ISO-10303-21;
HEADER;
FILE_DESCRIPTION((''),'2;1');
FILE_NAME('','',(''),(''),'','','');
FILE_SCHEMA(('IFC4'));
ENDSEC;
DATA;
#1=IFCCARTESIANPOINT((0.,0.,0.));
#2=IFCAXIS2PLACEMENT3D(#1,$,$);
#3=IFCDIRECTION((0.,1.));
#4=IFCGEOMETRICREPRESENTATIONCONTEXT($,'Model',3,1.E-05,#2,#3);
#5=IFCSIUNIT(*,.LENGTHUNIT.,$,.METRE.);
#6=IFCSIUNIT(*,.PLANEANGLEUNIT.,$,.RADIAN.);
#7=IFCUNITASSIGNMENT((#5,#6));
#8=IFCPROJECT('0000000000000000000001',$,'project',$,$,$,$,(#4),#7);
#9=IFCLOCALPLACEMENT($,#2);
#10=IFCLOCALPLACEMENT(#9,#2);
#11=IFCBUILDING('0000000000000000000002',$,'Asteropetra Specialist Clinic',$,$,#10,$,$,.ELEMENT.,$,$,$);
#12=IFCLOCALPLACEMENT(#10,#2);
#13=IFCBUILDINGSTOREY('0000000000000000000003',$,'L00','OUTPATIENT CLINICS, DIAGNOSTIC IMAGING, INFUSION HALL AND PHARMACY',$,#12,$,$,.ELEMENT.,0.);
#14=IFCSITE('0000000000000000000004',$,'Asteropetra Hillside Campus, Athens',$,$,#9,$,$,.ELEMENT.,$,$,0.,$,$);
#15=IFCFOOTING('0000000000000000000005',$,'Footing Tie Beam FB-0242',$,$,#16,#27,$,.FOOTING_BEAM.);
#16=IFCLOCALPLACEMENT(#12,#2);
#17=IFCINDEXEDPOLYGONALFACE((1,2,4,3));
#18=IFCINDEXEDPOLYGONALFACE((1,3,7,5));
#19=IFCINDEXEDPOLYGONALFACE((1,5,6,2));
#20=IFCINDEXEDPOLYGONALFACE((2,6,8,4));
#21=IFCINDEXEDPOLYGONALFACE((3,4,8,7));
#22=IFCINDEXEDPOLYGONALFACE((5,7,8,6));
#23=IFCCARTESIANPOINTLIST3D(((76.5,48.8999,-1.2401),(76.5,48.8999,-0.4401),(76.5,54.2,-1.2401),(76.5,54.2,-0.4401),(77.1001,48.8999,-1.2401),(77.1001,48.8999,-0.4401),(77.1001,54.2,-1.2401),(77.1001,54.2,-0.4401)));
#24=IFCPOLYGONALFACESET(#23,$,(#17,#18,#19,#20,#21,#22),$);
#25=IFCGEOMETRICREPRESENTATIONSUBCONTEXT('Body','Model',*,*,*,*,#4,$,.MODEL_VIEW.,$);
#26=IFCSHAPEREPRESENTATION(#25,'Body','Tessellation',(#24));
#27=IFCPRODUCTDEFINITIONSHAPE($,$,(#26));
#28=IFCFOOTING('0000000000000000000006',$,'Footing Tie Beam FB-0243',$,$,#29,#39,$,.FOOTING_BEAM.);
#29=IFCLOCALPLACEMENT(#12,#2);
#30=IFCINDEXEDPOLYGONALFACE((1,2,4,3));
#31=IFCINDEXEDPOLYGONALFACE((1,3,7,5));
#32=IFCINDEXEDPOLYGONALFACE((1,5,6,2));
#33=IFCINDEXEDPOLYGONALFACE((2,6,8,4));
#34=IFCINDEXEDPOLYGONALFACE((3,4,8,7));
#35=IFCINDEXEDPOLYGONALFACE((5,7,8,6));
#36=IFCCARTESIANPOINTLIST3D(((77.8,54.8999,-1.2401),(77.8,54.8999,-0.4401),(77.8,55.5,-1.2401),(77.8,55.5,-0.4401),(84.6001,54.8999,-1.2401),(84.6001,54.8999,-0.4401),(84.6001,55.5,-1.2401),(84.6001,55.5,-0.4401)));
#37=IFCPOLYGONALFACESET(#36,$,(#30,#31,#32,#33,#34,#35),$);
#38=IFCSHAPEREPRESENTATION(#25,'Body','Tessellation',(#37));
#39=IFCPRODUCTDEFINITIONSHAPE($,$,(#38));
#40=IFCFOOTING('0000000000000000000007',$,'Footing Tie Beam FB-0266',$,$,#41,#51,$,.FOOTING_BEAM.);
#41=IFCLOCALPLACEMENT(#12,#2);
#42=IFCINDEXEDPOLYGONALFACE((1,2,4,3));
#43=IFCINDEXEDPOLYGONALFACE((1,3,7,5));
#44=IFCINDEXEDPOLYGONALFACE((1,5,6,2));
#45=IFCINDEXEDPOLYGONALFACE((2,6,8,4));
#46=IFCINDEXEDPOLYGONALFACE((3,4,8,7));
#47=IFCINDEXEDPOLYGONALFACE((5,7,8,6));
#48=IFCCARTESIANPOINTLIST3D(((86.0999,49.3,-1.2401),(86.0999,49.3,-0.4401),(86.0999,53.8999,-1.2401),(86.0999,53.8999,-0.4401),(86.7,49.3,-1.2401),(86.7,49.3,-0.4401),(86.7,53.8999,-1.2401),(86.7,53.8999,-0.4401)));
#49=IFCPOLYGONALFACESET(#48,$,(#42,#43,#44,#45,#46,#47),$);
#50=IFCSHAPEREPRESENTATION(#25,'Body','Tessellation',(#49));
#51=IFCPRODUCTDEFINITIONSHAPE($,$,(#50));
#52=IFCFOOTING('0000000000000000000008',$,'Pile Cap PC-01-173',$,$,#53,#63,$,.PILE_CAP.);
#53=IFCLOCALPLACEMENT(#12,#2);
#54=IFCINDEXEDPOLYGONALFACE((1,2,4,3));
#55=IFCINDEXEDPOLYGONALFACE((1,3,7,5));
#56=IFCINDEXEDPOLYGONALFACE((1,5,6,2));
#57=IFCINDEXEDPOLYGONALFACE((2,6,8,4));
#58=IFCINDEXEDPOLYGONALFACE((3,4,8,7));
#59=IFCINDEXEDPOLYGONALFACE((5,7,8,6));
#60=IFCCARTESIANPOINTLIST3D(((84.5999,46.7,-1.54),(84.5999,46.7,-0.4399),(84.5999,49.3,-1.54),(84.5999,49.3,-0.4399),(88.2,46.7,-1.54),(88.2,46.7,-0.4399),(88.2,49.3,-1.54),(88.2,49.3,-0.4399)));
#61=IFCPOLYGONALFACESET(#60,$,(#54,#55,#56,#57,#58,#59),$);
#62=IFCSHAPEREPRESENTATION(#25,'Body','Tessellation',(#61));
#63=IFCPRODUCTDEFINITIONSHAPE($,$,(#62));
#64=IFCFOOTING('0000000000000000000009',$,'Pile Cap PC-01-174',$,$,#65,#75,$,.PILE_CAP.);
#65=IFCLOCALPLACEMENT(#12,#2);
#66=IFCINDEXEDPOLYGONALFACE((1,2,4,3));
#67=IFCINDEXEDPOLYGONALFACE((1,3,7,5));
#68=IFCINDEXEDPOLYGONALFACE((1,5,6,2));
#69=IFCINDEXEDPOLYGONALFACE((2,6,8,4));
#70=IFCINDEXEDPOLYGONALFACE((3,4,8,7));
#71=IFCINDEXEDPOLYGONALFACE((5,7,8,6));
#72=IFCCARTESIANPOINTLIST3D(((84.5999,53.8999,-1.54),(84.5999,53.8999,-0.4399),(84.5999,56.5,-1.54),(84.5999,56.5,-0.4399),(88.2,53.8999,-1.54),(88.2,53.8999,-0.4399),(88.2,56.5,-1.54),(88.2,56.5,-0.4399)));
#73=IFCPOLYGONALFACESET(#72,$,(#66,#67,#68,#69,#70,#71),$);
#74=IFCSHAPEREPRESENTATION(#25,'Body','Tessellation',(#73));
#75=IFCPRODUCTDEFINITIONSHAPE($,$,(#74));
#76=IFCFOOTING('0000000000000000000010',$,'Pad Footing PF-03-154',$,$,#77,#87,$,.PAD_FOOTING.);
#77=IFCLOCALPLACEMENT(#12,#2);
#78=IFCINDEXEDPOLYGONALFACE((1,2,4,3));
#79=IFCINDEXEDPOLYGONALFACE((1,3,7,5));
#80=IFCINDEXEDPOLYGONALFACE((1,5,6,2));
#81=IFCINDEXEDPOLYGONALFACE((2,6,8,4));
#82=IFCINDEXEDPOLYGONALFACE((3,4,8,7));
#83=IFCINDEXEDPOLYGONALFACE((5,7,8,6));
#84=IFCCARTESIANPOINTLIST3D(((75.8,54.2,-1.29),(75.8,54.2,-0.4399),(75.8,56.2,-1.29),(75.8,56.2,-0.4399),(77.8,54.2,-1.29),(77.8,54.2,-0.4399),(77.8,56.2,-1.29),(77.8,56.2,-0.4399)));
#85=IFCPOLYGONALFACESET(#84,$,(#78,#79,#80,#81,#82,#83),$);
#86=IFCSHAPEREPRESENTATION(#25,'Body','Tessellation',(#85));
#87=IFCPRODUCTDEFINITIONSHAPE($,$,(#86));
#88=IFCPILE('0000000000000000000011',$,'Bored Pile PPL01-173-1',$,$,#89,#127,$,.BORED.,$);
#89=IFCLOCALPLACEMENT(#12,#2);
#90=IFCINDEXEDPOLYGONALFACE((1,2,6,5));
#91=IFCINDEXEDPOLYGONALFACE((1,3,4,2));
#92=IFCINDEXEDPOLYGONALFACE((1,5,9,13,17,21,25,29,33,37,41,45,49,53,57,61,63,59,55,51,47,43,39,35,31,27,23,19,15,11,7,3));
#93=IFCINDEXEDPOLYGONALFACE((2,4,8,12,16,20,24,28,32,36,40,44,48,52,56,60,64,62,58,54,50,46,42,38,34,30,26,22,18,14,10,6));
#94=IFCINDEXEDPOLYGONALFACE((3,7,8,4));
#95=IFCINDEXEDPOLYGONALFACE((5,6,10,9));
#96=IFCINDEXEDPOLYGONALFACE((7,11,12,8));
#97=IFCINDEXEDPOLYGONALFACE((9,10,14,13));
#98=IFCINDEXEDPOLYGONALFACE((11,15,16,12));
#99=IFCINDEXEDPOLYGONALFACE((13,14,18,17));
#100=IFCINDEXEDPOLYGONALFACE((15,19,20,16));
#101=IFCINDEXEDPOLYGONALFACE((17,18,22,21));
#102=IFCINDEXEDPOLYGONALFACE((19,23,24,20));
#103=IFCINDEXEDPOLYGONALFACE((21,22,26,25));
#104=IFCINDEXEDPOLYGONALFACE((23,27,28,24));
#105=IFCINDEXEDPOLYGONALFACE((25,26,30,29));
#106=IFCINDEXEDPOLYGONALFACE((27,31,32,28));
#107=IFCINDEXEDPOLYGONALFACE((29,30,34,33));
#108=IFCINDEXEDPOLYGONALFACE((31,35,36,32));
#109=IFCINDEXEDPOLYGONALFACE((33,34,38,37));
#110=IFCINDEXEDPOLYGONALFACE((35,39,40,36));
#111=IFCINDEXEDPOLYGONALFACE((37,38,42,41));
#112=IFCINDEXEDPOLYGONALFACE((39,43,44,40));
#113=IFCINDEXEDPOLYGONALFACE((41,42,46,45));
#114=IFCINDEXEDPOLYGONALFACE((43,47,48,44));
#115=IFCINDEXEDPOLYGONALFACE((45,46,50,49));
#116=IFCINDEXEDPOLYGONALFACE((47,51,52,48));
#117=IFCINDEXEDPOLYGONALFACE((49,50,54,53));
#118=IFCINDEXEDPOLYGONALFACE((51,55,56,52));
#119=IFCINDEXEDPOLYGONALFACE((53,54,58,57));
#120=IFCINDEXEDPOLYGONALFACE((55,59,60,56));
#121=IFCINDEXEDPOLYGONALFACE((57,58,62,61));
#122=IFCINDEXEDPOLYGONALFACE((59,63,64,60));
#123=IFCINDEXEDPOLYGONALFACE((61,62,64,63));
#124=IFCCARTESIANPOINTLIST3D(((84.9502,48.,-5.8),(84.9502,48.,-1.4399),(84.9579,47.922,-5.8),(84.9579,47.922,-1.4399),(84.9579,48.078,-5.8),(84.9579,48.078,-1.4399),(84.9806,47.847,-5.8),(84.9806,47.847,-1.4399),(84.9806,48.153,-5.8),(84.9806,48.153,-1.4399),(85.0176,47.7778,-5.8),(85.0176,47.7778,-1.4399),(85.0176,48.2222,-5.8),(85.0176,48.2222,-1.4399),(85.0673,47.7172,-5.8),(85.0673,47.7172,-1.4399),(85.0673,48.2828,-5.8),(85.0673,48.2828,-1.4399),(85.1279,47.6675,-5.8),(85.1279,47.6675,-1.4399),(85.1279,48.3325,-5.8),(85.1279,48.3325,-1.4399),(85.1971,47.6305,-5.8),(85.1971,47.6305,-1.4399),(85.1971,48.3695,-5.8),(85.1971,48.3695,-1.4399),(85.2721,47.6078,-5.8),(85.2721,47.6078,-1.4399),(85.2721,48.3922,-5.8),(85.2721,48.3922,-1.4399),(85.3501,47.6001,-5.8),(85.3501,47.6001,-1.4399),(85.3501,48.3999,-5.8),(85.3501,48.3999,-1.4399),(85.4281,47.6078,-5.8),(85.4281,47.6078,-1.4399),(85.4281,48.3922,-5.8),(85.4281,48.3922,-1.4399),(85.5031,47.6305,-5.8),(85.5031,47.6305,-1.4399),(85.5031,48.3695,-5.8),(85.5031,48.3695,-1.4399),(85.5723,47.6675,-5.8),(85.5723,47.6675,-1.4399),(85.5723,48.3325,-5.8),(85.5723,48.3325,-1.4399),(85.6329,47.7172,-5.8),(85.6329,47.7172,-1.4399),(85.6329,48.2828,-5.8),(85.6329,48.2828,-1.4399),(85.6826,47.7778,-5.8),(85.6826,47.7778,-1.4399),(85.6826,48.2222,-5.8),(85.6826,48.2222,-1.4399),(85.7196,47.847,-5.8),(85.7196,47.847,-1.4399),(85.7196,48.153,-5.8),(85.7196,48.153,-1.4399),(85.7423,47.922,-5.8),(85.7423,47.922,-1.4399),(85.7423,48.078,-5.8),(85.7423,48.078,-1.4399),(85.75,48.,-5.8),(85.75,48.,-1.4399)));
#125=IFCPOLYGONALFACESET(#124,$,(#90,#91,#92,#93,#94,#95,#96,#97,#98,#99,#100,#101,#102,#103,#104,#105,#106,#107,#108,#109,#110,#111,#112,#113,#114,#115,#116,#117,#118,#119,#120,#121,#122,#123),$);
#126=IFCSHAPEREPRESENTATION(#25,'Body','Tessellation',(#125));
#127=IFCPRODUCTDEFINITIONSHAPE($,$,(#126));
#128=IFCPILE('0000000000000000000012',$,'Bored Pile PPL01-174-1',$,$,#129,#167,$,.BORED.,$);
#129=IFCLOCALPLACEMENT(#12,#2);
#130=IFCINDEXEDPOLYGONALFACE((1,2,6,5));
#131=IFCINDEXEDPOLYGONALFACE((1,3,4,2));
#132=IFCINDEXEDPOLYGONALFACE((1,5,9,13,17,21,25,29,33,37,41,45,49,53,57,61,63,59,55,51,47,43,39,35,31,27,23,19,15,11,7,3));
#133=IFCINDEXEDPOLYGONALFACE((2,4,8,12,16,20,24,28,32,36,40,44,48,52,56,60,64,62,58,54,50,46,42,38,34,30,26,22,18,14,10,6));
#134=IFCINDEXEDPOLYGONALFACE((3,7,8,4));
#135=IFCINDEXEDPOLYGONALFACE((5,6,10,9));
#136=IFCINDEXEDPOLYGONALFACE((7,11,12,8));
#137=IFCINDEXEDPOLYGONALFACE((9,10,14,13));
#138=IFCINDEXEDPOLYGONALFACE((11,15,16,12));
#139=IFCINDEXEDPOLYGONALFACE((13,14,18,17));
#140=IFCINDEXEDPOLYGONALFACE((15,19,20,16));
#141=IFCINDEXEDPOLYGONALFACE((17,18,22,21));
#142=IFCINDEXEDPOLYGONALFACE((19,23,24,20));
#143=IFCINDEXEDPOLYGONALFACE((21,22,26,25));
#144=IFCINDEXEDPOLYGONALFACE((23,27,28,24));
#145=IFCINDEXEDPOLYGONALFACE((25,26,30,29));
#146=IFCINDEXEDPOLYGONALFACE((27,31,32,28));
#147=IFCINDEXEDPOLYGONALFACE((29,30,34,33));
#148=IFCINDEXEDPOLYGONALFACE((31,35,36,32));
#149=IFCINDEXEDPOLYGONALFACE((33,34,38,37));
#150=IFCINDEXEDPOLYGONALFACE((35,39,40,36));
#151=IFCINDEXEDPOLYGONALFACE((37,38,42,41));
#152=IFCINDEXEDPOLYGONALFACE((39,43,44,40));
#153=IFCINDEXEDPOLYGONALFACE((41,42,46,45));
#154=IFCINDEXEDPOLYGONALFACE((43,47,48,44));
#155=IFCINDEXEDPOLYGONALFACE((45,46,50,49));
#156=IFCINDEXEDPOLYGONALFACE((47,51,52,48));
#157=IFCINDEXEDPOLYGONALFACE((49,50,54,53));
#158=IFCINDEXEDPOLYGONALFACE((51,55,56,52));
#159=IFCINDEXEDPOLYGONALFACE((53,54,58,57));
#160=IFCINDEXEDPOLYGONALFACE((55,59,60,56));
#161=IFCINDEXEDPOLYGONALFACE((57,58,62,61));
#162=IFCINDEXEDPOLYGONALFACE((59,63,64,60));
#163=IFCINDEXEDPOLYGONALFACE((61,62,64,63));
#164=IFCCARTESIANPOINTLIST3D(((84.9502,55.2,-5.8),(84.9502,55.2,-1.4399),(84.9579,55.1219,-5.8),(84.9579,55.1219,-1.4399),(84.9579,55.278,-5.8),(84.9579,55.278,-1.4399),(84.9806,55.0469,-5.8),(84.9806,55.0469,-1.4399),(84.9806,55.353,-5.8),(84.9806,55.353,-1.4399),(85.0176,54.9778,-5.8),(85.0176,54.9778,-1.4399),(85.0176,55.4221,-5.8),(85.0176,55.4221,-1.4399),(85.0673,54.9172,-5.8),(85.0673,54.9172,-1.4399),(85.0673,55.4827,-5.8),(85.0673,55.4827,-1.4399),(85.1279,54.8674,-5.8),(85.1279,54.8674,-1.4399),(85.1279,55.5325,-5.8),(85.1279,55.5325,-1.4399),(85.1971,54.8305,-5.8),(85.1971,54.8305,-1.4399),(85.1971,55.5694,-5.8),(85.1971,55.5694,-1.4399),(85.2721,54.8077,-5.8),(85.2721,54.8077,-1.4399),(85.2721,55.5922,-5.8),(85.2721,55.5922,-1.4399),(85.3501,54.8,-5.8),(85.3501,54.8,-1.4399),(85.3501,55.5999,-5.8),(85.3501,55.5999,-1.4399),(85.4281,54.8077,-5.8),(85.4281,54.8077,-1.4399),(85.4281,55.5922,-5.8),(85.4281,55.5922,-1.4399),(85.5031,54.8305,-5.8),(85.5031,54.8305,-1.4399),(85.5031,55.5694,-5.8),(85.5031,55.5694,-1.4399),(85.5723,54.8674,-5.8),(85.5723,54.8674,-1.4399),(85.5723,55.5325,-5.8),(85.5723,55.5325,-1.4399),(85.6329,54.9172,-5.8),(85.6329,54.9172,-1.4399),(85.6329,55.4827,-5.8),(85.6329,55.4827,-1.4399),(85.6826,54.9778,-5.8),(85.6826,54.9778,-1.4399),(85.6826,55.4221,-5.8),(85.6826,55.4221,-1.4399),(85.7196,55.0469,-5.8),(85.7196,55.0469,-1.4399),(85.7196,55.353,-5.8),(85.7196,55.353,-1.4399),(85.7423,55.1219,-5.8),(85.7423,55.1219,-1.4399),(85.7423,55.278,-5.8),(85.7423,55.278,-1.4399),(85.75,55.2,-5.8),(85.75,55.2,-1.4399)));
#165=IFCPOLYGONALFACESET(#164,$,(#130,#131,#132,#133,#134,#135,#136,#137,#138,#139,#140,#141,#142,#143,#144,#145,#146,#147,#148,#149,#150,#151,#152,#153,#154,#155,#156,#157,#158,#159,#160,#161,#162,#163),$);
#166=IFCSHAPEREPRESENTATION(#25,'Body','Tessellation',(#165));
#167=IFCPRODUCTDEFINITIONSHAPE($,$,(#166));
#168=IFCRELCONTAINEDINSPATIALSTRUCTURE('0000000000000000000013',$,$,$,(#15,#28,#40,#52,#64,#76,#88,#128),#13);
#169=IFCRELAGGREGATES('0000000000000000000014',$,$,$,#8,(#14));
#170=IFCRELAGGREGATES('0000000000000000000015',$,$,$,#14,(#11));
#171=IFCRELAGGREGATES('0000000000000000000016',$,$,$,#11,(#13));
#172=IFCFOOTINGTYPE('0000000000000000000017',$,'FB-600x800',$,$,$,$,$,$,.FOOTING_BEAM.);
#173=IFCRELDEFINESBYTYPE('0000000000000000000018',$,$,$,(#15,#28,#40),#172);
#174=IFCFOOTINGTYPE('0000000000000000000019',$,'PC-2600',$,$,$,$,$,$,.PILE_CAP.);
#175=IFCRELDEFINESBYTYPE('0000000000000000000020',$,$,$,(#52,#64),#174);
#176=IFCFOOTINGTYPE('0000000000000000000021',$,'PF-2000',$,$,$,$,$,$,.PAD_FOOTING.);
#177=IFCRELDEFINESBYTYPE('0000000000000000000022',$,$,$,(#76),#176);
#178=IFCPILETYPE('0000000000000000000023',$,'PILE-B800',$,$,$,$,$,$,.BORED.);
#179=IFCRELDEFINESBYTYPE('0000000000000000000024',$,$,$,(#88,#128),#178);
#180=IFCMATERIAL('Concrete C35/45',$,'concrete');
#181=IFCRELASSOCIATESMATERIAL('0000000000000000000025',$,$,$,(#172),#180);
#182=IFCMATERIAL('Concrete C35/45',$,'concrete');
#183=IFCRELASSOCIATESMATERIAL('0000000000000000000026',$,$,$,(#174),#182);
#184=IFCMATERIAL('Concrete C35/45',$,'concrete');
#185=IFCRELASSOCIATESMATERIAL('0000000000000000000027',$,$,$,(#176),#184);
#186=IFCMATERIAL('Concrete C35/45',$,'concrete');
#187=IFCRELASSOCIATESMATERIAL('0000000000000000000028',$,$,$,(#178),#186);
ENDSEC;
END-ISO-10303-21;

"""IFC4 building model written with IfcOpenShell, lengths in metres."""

from ifc_helpers import new_model, si_unit, direction, frame, origin, origin_2d, place, context, subcontext, project, spatial, rectangle, circle, extrude, material, material_profile, profile_set, type_object, element, save


model = new_model("IFC4")

# Units and contexts
model_context = context("Model", 3, precision=1e-05, world=origin(), true_north=direction((0.0, 1.0)))
body_context = subcontext(model_context, "Body", "Model", "MODEL_VIEW")
ifc_project = project(units=[si_unit("LENGTHUNIT", "METRE"), si_unit("PLANEANGLEUNIT", "RADIAN")], contexts=[model_context])

# Site, building, storey
site_placement = place(None, origin())
site = spatial("IfcSite", under=ifc_project, at=site_placement, Name="Asteropetra Hillside Campus, Athens", CompositionType="ELEMENT", RefElevation=0.0)
building_placement = place(site_placement, origin())
building = spatial("IfcBuilding", under=site, at=building_placement, Name="Asteropetra Specialist Clinic", CompositionType="ELEMENT")
storey_placement = place(building_placement, origin())
storey = spatial("IfcBuildingStorey", under=building, at=storey_placement, Name="L00", Description="OUTPATIENT CLINICS, DIAGNOSTIC IMAGING, INFUSION HALL AND PHARMACY", CompositionType="ELEMENT", Elevation=0.0)

# Footings
ifc_material_1 = material(Name="Concrete C35/45", Category="concrete")
ifc_material_profile_1 = material_profile(ifc_material_1, rectangle(XDim=0.6001, YDim=0.8, at=origin_2d()), Name="FB 600x800")
ifc_profile_set_1 = profile_set([ifc_material_profile_1], Name="Concrete C35/45")
footing_type_1 = type_object("IfcFootingType", Name="FB-600x800", PredefinedType="FOOTING_BEAM", material=ifc_profile_set_1)
footing_1_placement = place(storey_placement, frame((76.8, 48.8999, -0.8401), z_axis=(0.0, 1.0, 0.0), x_axis=(-1.0, 0.0, 0.0)))
element("IfcFooting", 1, at=footing_1_placement, inside=storey, type_object=footing_type_1, Name="Footing Tie Beam FB-0242", PredefinedType="FOOTING_BEAM", context=body_context, shape_type="SweptSolid", body=[
    extrude(rectangle(XDim=0.6001, YDim=0.8, at=origin_2d()), origin(), (0.0, 0.0, 1.0), 5.3),
])
footing_2_placement = place(storey_placement, frame((77.8, 55.2, -0.8401), z_axis=(1.0, 0.0, 0.0), x_axis=(0.0, 1.0, 0.0)))
element("IfcFooting", 2, at=footing_2_placement, inside=storey, type_object=footing_type_1, Name="Footing Tie Beam FB-0243", PredefinedType="FOOTING_BEAM", context=body_context, shape_type="SweptSolid", body=[
    extrude(rectangle(XDim=0.6001, YDim=0.8, at=origin_2d()), origin(), (0.0, 0.0, 1.0), 6.8),
])
footing_3_placement = place(storey_placement, frame((86.3999, 49.3, -0.8401), z_axis=(0.0, 1.0, 0.0), x_axis=(-1.0, 0.0, 0.0)))
element("IfcFooting", 3, at=footing_3_placement, inside=storey, type_object=footing_type_1, Name="Footing Tie Beam FB-0266", PredefinedType="FOOTING_BEAM", context=body_context, shape_type="SweptSolid", body=[
    extrude(rectangle(XDim=0.6001, YDim=0.8, at=origin_2d()), origin(), (0.0, 0.0, 1.0), 4.5999),
])
ifc_material_2 = material(Name="Concrete C35/45", Category="concrete")
footing_type_2 = type_object("IfcFootingType", Name="PC-2600", PredefinedType="PILE_CAP", material=ifc_material_2)
for number, where, z_axis, x_axis, name in (
    (4, (86.3999, 48.0, -1.54), (0.0, 0.0, 1.0), (1.0, 0.0, 0.0), "Pile Cap PC-01-173"),
    (5, (86.3999, 55.2, -1.54), (0.0, 0.0, 1.0), (1.0, 0.0, 0.0), "Pile Cap PC-01-174"),
):
    element("IfcFooting", number, at=place(storey_placement, frame(where, z_axis=z_axis, x_axis=x_axis)), inside=storey, type_object=footing_type_2, Name=name, PredefinedType="PILE_CAP", context=body_context, shape_type="SweptSolid", body=[
        extrude(rectangle(XDim=3.6001, YDim=2.6001, at=origin_2d()), origin(), (0.0, 0.0, 1.0), 1.1001),
    ])
ifc_material_3 = material(Name="Concrete C35/45", Category="concrete")
footing_type_3 = type_object("IfcFootingType", Name="PF-2000", PredefinedType="PAD_FOOTING", material=ifc_material_3)
footing_4_placement = place(storey_placement, frame((76.8, 55.2, -1.29), z_axis=(0.0, 0.0, 1.0), x_axis=(1.0, 0.0, 0.0)))
element("IfcFooting", 6, at=footing_4_placement, inside=storey, type_object=footing_type_3, Name="Pad Footing PF-03-154", PredefinedType="PAD_FOOTING", context=body_context, shape_type="SweptSolid", body=[
    extrude(rectangle(XDim=2.0, YDim=2.0, at=origin_2d()), origin(), (0.0, 0.0, 1.0), 0.8501),
])

# Piles
ifc_material_4 = material(Name="Concrete C35/45", Category="concrete")
ifc_material_profile_2 = material_profile(ifc_material_4, circle(Radius=0.3999, at=origin_2d()), Name="PILE D800")
ifc_profile_set_2 = profile_set([ifc_material_profile_2], Name="Concrete C35/45")
pile_type = type_object("IfcPileType", Name="PILE-B800", PredefinedType="BORED", material=ifc_profile_set_2)
for number, where, z_axis, x_axis, name in (
    (7, (85.3501, 48.0, -1.4399), (0.0, 0.0, -1.0), (1.0, 0.0, 0.0), "Bored Pile PPL01-173-1"),
    (8, (85.3501, 55.2, -1.4399), (0.0, 0.0, -1.0), (1.0, 0.0, 0.0), "Bored Pile PPL01-174-1"),
):
    element("IfcPile", number, at=place(storey_placement, frame(where, z_axis=z_axis, x_axis=x_axis)), inside=storey, type_object=pile_type, Name=name, PredefinedType="BORED", context=body_context, shape_type="SweptSolid", body=[
        extrude(circle(Radius=0.3999, at=origin_2d()), origin(), (0.0, 0.0, 1.0), 4.3601),
    ])

save(model, "model.ifc")
